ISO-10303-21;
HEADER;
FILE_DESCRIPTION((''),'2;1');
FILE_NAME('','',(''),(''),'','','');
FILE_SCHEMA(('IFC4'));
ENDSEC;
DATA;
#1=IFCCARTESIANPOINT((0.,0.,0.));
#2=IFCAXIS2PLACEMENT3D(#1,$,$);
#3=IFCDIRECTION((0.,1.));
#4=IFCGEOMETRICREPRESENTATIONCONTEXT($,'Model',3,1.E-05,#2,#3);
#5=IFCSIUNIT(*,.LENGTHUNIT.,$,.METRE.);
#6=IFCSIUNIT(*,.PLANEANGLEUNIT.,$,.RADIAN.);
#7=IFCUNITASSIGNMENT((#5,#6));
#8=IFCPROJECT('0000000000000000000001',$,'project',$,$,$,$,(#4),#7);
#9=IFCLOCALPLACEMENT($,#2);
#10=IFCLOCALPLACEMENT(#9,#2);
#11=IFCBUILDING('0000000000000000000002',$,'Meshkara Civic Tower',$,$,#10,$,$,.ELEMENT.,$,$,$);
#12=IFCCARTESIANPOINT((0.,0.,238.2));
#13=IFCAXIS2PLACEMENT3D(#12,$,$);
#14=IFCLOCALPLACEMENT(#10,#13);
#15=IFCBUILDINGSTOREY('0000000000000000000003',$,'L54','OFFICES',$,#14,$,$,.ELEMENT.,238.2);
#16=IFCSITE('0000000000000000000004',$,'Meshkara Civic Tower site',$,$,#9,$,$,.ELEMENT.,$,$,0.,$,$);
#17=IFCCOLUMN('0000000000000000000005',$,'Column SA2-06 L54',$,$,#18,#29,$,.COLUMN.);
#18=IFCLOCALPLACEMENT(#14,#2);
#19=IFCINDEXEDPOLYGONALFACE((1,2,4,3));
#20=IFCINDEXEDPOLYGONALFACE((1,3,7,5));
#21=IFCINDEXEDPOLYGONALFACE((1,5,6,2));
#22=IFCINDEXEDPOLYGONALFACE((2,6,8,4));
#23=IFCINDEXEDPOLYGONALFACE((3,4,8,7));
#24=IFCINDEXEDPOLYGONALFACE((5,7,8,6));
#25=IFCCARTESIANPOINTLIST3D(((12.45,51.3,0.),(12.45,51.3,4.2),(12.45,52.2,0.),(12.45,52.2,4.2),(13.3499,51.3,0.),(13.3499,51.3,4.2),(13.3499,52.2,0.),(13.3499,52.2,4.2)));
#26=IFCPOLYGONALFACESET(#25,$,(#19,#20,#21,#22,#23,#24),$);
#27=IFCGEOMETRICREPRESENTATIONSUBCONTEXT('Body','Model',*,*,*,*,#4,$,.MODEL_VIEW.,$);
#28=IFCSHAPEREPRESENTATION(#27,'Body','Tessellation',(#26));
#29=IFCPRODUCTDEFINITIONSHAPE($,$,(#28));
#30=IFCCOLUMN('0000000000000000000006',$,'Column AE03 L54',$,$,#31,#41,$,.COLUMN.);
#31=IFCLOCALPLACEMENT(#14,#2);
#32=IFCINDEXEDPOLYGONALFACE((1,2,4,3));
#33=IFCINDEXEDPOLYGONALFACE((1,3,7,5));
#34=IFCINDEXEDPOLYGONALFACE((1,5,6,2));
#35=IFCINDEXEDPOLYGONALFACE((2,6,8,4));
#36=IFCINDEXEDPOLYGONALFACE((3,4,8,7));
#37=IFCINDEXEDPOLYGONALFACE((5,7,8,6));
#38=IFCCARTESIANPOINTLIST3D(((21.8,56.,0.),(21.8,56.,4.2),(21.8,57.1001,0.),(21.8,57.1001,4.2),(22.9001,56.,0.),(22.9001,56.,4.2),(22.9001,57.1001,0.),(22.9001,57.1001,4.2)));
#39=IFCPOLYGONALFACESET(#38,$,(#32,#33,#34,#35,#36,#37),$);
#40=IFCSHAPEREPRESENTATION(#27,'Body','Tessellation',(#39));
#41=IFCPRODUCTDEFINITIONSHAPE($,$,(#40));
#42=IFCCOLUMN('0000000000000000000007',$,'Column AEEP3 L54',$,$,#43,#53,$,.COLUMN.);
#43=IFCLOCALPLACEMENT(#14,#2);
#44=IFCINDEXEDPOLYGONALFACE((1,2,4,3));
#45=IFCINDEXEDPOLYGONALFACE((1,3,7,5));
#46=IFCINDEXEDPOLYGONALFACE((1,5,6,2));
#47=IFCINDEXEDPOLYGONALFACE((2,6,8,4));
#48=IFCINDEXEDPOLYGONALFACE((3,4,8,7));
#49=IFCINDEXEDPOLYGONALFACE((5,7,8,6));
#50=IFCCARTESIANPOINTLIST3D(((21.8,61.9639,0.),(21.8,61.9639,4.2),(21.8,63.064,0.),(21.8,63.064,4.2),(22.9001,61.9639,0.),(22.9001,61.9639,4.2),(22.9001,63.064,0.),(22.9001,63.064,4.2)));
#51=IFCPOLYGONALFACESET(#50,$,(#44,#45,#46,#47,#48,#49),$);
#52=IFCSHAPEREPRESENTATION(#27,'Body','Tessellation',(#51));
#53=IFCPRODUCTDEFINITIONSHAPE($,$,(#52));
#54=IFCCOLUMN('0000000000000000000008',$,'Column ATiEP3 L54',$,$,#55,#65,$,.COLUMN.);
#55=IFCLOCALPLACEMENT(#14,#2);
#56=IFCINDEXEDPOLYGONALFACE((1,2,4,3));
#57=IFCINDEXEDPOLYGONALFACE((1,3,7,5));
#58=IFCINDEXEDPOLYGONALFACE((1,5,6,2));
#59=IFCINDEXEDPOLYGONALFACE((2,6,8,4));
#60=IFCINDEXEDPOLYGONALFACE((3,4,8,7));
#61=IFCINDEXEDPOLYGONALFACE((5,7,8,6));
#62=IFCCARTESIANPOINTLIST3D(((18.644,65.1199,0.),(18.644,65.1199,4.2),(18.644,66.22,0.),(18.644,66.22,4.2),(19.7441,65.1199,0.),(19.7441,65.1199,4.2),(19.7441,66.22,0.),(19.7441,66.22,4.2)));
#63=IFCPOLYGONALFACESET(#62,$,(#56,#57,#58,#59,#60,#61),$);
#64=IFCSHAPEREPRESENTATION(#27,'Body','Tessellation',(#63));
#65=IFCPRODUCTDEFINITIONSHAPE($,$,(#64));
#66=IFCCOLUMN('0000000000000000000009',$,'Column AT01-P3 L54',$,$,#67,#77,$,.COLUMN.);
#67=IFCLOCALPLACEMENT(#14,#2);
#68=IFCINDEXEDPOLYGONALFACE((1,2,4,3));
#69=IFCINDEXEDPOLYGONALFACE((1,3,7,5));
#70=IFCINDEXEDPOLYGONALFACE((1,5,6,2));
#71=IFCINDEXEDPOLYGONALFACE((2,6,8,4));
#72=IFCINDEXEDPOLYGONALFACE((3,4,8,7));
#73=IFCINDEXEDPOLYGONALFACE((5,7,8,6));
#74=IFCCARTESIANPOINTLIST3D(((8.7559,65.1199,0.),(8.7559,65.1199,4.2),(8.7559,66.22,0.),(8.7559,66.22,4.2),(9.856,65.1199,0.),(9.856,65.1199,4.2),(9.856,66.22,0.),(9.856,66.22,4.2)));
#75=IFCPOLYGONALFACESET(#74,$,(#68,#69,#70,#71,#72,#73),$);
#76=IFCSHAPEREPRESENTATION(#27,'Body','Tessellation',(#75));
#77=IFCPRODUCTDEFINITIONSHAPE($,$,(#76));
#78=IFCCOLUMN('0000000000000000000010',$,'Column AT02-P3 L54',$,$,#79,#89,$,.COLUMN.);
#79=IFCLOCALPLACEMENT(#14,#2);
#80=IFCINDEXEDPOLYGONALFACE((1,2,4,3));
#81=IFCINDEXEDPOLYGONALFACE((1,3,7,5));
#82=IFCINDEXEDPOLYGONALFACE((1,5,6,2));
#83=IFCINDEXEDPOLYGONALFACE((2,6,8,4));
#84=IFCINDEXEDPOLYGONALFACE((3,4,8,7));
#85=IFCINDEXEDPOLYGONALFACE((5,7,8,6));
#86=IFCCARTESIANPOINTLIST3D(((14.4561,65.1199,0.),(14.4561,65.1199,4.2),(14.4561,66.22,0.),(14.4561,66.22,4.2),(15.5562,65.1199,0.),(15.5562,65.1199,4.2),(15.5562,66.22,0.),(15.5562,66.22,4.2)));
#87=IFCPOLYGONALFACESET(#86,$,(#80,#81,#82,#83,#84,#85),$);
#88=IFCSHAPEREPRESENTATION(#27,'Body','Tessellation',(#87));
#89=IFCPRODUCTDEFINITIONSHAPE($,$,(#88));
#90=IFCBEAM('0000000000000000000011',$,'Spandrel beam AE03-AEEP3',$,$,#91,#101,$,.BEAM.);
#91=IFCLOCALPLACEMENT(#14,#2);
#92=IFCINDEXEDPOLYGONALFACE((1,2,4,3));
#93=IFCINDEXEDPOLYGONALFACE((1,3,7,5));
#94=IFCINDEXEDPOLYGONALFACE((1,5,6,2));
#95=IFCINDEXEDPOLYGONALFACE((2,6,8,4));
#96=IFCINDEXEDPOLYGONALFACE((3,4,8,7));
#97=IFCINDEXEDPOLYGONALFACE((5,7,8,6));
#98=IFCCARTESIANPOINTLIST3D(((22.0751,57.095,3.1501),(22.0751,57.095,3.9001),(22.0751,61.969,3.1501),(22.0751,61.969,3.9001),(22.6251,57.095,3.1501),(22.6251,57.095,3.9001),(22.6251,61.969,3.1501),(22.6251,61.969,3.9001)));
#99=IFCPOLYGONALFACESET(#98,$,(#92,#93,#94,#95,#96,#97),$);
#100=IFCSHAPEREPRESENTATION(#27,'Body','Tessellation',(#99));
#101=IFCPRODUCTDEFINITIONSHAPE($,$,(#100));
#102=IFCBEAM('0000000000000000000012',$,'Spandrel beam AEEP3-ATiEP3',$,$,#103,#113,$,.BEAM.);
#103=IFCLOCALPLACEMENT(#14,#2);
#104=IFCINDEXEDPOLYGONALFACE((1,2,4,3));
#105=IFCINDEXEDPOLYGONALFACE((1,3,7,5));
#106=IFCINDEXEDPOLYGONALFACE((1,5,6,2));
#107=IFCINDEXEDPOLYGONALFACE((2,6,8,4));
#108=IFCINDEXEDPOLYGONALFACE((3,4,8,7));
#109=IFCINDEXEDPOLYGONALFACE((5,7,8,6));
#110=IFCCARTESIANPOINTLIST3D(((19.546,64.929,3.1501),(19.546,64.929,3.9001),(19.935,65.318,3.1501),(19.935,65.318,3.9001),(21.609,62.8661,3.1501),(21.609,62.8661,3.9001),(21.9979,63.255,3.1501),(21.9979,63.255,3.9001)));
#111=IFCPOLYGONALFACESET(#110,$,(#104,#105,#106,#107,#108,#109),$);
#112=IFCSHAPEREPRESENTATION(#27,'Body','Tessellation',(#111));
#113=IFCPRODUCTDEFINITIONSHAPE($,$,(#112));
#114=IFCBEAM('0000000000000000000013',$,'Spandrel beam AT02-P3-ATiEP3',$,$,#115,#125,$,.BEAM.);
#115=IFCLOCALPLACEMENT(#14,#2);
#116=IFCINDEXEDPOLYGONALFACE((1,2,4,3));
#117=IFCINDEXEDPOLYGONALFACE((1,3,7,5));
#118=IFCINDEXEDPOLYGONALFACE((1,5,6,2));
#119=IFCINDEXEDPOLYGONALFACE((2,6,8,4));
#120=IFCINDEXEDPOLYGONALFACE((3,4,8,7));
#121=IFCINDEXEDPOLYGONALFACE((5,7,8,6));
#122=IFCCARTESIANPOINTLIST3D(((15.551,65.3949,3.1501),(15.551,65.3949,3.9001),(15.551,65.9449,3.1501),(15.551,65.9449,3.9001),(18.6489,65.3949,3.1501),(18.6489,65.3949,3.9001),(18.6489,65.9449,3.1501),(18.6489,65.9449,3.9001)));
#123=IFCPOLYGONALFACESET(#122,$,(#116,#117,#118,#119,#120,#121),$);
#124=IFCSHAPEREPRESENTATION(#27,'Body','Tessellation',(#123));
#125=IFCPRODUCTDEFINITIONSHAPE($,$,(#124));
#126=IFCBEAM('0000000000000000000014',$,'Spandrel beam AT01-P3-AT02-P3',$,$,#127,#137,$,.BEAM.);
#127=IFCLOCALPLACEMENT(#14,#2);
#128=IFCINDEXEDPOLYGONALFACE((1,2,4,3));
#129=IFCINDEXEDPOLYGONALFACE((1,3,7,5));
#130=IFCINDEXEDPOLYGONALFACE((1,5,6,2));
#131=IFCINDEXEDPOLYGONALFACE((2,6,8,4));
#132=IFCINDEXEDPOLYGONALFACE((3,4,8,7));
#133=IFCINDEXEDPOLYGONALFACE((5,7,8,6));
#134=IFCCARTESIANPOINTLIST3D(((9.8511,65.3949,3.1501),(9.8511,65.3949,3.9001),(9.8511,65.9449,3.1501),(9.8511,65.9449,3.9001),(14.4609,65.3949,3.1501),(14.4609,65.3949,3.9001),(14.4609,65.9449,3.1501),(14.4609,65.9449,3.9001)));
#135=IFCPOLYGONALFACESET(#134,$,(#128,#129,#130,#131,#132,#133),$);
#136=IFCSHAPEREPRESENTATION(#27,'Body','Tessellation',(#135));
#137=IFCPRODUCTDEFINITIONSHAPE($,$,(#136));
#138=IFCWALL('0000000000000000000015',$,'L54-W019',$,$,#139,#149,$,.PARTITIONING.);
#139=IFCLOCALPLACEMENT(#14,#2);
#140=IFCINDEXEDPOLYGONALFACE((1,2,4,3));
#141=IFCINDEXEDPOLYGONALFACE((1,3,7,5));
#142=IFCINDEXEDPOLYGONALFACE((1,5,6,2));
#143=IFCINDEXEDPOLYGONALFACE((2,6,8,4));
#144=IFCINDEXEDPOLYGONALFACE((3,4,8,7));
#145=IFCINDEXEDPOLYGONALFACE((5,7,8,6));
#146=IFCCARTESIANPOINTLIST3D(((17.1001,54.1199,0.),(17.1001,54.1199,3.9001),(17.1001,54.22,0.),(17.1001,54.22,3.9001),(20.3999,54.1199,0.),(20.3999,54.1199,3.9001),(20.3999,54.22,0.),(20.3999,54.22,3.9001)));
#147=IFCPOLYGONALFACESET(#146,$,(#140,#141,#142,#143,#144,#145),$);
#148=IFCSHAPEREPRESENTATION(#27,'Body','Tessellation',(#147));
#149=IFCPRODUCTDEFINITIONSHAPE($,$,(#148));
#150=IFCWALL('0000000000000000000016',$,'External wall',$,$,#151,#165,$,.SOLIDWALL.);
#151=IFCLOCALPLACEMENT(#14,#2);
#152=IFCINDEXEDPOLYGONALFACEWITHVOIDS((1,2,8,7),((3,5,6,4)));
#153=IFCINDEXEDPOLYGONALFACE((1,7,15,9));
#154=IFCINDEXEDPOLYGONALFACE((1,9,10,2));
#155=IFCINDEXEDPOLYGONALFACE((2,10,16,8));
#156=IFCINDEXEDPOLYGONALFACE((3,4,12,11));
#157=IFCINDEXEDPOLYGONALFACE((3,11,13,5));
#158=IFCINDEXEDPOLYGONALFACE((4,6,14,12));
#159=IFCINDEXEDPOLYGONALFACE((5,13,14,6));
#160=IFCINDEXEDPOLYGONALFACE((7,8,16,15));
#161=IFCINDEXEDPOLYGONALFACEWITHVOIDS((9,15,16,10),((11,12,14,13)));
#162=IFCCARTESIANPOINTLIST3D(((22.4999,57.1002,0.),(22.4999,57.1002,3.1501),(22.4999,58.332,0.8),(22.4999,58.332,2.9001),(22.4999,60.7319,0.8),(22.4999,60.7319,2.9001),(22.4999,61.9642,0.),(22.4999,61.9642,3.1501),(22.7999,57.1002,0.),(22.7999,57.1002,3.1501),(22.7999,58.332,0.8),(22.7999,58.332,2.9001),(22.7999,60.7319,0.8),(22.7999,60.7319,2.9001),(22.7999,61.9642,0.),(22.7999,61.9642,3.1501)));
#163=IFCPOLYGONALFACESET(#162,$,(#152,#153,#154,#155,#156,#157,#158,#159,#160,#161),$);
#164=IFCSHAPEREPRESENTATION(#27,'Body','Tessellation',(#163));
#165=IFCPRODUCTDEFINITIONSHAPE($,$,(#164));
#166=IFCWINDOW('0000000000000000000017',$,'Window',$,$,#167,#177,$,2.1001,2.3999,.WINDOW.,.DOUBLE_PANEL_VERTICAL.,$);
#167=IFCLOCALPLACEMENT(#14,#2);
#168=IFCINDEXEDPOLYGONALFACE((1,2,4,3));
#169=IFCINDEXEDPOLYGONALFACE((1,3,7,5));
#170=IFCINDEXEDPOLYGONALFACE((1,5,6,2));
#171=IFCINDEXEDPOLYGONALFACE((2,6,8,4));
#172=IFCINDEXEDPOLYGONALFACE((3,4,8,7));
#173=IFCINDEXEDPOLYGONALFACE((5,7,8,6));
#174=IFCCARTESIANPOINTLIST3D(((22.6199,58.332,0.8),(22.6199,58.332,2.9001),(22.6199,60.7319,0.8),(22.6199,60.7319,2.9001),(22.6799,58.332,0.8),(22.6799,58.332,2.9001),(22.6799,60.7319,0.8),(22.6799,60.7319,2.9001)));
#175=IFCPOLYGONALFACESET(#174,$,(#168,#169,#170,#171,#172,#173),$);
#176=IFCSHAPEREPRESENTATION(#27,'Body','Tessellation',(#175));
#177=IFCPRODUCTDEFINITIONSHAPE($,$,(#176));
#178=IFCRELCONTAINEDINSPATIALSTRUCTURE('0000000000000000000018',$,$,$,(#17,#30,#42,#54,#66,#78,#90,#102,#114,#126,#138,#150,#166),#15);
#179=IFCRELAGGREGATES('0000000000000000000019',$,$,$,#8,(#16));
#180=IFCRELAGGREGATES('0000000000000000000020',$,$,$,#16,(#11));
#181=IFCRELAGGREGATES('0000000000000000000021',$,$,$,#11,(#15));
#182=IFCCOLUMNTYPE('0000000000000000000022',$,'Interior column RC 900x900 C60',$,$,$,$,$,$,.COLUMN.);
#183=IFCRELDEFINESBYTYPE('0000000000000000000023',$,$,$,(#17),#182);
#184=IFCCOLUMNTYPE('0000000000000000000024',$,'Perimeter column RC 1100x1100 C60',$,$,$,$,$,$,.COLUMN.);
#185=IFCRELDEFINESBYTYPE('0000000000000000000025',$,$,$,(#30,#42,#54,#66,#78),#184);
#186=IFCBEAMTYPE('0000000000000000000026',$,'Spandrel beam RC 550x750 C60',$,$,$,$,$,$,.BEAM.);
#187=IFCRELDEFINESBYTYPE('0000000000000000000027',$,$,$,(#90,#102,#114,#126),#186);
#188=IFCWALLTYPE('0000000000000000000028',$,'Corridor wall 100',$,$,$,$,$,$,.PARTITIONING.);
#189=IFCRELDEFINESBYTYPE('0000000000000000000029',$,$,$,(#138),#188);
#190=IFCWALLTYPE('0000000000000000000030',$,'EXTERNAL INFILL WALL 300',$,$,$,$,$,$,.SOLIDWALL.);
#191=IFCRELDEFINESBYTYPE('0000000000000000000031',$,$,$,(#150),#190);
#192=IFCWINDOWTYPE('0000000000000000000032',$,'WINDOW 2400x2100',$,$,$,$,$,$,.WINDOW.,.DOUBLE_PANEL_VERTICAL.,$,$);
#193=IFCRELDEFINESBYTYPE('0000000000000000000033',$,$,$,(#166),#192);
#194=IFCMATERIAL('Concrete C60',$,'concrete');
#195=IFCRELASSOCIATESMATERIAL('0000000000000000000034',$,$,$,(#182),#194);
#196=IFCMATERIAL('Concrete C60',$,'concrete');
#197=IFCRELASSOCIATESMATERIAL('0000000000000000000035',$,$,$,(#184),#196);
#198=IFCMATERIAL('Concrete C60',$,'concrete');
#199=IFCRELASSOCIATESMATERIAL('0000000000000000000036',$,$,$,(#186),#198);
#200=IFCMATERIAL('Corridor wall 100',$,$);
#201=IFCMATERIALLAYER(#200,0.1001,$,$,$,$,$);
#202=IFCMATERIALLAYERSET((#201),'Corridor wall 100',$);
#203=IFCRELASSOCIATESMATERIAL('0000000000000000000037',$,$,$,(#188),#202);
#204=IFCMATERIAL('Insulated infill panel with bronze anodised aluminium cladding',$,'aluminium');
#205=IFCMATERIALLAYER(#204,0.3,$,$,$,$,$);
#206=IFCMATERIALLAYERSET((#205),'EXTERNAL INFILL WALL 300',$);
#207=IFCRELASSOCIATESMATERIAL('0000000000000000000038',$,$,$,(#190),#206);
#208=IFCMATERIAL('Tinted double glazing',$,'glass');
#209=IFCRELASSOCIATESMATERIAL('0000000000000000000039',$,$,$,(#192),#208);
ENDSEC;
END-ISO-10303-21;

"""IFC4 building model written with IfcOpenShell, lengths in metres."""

from ifc_helpers import new_model, si_unit, direction, frame, frame_2d, origin, origin_2d, place, context, subcontext, project, spatial, rectangle, extrude, material, layer, layer_set, material_profile, profile_set, type_object, element, fill, save


model = new_model("IFC4")

# Units and contexts
model_context = context("Model", 3, precision=1e-05, world=origin(), true_north=direction((0.0, 1.0)))
body_context = subcontext(model_context, "Body", "Model", "MODEL_VIEW")
ifc_project = project(units=[si_unit("LENGTHUNIT", "METRE"), si_unit("PLANEANGLEUNIT", "RADIAN")], contexts=[model_context])

# Site, building, storey
site_placement = place(None, origin())
site = spatial("IfcSite", under=ifc_project, at=site_placement, Name="Meshkara Civic Tower site", CompositionType="ELEMENT", RefElevation=0.0)
building_placement = place(site_placement, origin())
building = spatial("IfcBuilding", under=site, at=building_placement, Name="Meshkara Civic Tower", CompositionType="ELEMENT")
storey_placement = place(building_placement, frame((0.0, 0.0, 238.2)))
storey = spatial("IfcBuildingStorey", under=building, at=storey_placement, Name="L54", Description="OFFICES", CompositionType="ELEMENT", Elevation=238.2)

# Columns
ifc_material_1 = material(Name="Concrete C60", Category="concrete")
ifc_material_profile_1 = material_profile(ifc_material_1, rectangle(XDim=0.8999, YDim=0.8999, at=origin_2d()))
ifc_profile_set_1 = profile_set([ifc_material_profile_1], Name="Concrete C60")
column_type_1 = type_object("IfcColumnType", Name="Interior column RC 900x900 C60", PredefinedType="COLUMN", material=ifc_profile_set_1)
column_placement = place(storey_placement, frame((12.8999, 51.75, 0.0), z_axis=(0.0, 0.0, 1.0), x_axis=(1.0, 0.0, 0.0)))
element("IfcColumn", 1, at=column_placement, inside=storey, type_object=column_type_1, Name="Column SA2-06 L54", PredefinedType="COLUMN", context=body_context, shape_type="SweptSolid", body=[
    extrude(rectangle(XDim=0.8999, YDim=0.8999, at=origin_2d()), origin(), (0.0, 0.0, 1.0), 4.2),
])
ifc_material_2 = material(Name="Concrete C60", Category="concrete")
ifc_material_profile_2 = material_profile(ifc_material_2, rectangle(XDim=1.1001, YDim=1.1001, at=origin_2d()))
ifc_profile_set_2 = profile_set([ifc_material_profile_2], Name="Concrete C60")
column_type_2 = type_object("IfcColumnType", Name="Perimeter column RC 1100x1100 C60", PredefinedType="COLUMN", material=ifc_profile_set_2)
for number, where, z_axis, x_axis, name in (
    (2, (22.3501, 56.55, 0.0), (0.0, 0.0, 1.0), (1.0, 0.0, 0.0), "Column AE03 L54"),
    (3, (22.3501, 62.5139, 0.0), (0.0, 0.0, 1.0), (1.0, 0.0, 0.0), "Column AEEP3 L54"),
    (4, (19.1941, 65.6699, 0.0), (0.0, 0.0, 1.0), (1.0, 0.0, 0.0), "Column ATiEP3 L54"),
    (5, (9.3059, 65.6699, 0.0), (0.0, 0.0, 1.0), (1.0, 0.0, 0.0), "Column AT01-P3 L54"),
    (6, (15.0061, 65.6699, 0.0), (0.0, 0.0, 1.0), (1.0, 0.0, 0.0), "Column AT02-P3 L54"),
):
    element("IfcColumn", number, at=place(storey_placement, frame(where, z_axis=z_axis, x_axis=x_axis)), inside=storey, type_object=column_type_2, Name=name, PredefinedType="COLUMN", context=body_context, shape_type="SweptSolid", body=[
        extrude(rectangle(XDim=1.1001, YDim=1.1001, at=origin_2d()), origin(), (0.0, 0.0, 1.0), 4.2),
    ])

# Beams
ifc_material_3 = material(Name="Concrete C60", Category="concrete")
ifc_material_profile_3 = material_profile(ifc_material_3, rectangle(XDim=0.55, YDim=0.75, at=origin_2d()))
ifc_profile_set_3 = profile_set([ifc_material_profile_3], Name="Concrete C60")
beam_type = type_object("IfcBeamType", Name="Spandrel beam RC 550x750 C60", PredefinedType="BEAM", material=ifc_profile_set_3)
beam_1_placement = place(storey_placement, frame((22.3501, 57.095, 3.5251), z_axis=(0.0, 1.0, 0.0), x_axis=(-1.0, 0.0, 0.0)))
element("IfcBeam", 7, at=beam_1_placement, inside=storey, type_object=beam_type, Name="Spandrel beam AE03-AEEP3", PredefinedType="BEAM", context=body_context, shape_type="SweptSolid", body=[
    extrude(rectangle(XDim=0.55, YDim=0.75, at=origin_2d()), origin(), (0.0, 0.0, 1.0), 4.874),
])
beam_2_placement = place(storey_placement, frame((21.8035, 63.0605, 3.5251), z_axis=(-0.707107, 0.707107, 0.0), x_axis=(-0.707107, -0.707107, 0.0)))
element("IfcBeam", 8, at=beam_2_placement, inside=storey, type_object=beam_type, Name="Spandrel beam AEEP3-ATiEP3", PredefinedType="BEAM", context=body_context, shape_type="SweptSolid", body=[
    extrude(rectangle(XDim=0.55, YDim=0.75, at=origin_2d()), origin(), (0.0, 0.0, 1.0), 2.9175),
])
beam_3_placement = place(storey_placement, frame((18.6489, 65.6699, 3.5251), z_axis=(-1.0, 0.0, 0.0), x_axis=(0.0, -1.0, 0.0)))
element("IfcBeam", 9, at=beam_3_placement, inside=storey, type_object=beam_type, Name="Spandrel beam AT02-P3-ATiEP3", PredefinedType="BEAM", context=body_context, shape_type="SweptSolid", body=[
    extrude(rectangle(XDim=0.55, YDim=0.75, at=origin_2d()), origin(), (0.0, 0.0, 1.0), 3.0979),
])
beam_4_placement = place(storey_placement, frame((14.4609, 65.6699, 3.5251), z_axis=(-1.0, 0.0, 0.0), x_axis=(0.0, -1.0, 0.0)))
element("IfcBeam", 10, at=beam_4_placement, inside=storey, type_object=beam_type, Name="Spandrel beam AT01-P3-AT02-P3", PredefinedType="BEAM", context=body_context, shape_type="SweptSolid", body=[
    extrude(rectangle(XDim=0.55, YDim=0.75, at=origin_2d()), origin(), (0.0, 0.0, 1.0), 4.6099),
])

# Wall
ifc_material_4 = material(Name="Corridor wall 100")
ifc_layer_1 = layer(ifc_material_4, 0.1001)
ifc_layer_set_1 = layer_set([ifc_layer_1], Name="Corridor wall 100")
wall_type_1 = type_object("IfcWallType", Name="Corridor wall 100", PredefinedType="PARTITIONING", material=ifc_layer_set_1)
wall_1_placement = place(storey_placement, frame((20.3999, 54.1699, 0.0), z_axis=(0.0, 0.0, 1.0), x_axis=(-1.0, 0.0, 0.0)))
element("IfcWall", 11, at=wall_1_placement, inside=storey, type_object=wall_type_1, Name="L54-W019", PredefinedType="PARTITIONING", context=body_context, shape_type="SweptSolid", body=[
    extrude(rectangle(XDim=3.2998, YDim=0.1001, at=frame_2d((1.6499, 0.0))), origin(), (0.0, 0.0, 1.0), 3.9001),
])

# Wall, opening, window
ifc_material_5 = material(Name="Insulated infill panel with bronze anodised aluminium cladding", Category="aluminium")
ifc_layer_2 = layer(ifc_material_5, 0.3)
ifc_layer_set_2 = layer_set([ifc_layer_2], Name="EXTERNAL INFILL WALL 300")
wall_type_2 = type_object("IfcWallType", Name="EXTERNAL INFILL WALL 300", PredefinedType="SOLIDWALL", material=ifc_layer_set_2)
wall_2_placement = place(storey_placement, frame((22.6499, 57.1001, 0.0), z_axis=(0.0, 0.0, 1.0), x_axis=(0.0, 1.0, 0.0)))
wall_2 = element("IfcWall", 12, at=wall_2_placement, inside=storey, type_object=wall_type_2, Name="External wall", PredefinedType="SOLIDWALL", context=body_context, shape_type="SweptSolid", body=[
    extrude(rectangle(XDim=4.864, YDim=0.3, at=frame_2d((2.4321, 0.0))), origin(), (0.0, 0.0, 1.0), 3.1501),
])
opening_1_placement = place(wall_2_placement, frame((1.2319, 0.0, 0.8)))
opening_1 = element("IfcOpeningElement", 13, at=opening_1_placement, cuts=wall_2, PredefinedType="OPENING", context=body_context, shape_type="SweptSolid", body=[
    extrude(rectangle(XDim=2.3999, YDim=2.1001, at=frame_2d((1.2, 1.05))), frame((0.0, 0.1599, 0.0), z_axis=(0.0, -1.0, 0.0), x_axis=(1.0, 0.0, 0.0)), (0.0, 0.0, 1.0), 0.3201),
])
ifc_material_6 = material(Name="Tinted double glazing", Category="glass")
window_type_1 = type_object("IfcWindowType", Name="WINDOW 2400x2100", PartitioningType="DOUBLE_PANEL_VERTICAL", PredefinedType="WINDOW", material=ifc_material_6)
window_1_placement = place(opening_1_placement, origin())
window_1 = element("IfcWindow", 14, at=window_1_placement, inside=storey, type_object=window_type_1, Name="Window", OverallHeight=2.1001, OverallWidth=2.3999, PartitioningType="DOUBLE_PANEL_VERTICAL", PredefinedType="WINDOW", context=body_context, shape_type="SweptSolid", body=[
    extrude(rectangle(XDim=2.3999, YDim=2.1001, at=frame_2d((1.2, 1.05))), frame((0.0, 0.03, 0.0), z_axis=(0.0, -1.0, 0.0), x_axis=(1.0, 0.0, 0.0)), (0.0, 0.0, 1.0), 0.0601),
])
fill(opening_1, window_1)

save(model, "model.ifc")
